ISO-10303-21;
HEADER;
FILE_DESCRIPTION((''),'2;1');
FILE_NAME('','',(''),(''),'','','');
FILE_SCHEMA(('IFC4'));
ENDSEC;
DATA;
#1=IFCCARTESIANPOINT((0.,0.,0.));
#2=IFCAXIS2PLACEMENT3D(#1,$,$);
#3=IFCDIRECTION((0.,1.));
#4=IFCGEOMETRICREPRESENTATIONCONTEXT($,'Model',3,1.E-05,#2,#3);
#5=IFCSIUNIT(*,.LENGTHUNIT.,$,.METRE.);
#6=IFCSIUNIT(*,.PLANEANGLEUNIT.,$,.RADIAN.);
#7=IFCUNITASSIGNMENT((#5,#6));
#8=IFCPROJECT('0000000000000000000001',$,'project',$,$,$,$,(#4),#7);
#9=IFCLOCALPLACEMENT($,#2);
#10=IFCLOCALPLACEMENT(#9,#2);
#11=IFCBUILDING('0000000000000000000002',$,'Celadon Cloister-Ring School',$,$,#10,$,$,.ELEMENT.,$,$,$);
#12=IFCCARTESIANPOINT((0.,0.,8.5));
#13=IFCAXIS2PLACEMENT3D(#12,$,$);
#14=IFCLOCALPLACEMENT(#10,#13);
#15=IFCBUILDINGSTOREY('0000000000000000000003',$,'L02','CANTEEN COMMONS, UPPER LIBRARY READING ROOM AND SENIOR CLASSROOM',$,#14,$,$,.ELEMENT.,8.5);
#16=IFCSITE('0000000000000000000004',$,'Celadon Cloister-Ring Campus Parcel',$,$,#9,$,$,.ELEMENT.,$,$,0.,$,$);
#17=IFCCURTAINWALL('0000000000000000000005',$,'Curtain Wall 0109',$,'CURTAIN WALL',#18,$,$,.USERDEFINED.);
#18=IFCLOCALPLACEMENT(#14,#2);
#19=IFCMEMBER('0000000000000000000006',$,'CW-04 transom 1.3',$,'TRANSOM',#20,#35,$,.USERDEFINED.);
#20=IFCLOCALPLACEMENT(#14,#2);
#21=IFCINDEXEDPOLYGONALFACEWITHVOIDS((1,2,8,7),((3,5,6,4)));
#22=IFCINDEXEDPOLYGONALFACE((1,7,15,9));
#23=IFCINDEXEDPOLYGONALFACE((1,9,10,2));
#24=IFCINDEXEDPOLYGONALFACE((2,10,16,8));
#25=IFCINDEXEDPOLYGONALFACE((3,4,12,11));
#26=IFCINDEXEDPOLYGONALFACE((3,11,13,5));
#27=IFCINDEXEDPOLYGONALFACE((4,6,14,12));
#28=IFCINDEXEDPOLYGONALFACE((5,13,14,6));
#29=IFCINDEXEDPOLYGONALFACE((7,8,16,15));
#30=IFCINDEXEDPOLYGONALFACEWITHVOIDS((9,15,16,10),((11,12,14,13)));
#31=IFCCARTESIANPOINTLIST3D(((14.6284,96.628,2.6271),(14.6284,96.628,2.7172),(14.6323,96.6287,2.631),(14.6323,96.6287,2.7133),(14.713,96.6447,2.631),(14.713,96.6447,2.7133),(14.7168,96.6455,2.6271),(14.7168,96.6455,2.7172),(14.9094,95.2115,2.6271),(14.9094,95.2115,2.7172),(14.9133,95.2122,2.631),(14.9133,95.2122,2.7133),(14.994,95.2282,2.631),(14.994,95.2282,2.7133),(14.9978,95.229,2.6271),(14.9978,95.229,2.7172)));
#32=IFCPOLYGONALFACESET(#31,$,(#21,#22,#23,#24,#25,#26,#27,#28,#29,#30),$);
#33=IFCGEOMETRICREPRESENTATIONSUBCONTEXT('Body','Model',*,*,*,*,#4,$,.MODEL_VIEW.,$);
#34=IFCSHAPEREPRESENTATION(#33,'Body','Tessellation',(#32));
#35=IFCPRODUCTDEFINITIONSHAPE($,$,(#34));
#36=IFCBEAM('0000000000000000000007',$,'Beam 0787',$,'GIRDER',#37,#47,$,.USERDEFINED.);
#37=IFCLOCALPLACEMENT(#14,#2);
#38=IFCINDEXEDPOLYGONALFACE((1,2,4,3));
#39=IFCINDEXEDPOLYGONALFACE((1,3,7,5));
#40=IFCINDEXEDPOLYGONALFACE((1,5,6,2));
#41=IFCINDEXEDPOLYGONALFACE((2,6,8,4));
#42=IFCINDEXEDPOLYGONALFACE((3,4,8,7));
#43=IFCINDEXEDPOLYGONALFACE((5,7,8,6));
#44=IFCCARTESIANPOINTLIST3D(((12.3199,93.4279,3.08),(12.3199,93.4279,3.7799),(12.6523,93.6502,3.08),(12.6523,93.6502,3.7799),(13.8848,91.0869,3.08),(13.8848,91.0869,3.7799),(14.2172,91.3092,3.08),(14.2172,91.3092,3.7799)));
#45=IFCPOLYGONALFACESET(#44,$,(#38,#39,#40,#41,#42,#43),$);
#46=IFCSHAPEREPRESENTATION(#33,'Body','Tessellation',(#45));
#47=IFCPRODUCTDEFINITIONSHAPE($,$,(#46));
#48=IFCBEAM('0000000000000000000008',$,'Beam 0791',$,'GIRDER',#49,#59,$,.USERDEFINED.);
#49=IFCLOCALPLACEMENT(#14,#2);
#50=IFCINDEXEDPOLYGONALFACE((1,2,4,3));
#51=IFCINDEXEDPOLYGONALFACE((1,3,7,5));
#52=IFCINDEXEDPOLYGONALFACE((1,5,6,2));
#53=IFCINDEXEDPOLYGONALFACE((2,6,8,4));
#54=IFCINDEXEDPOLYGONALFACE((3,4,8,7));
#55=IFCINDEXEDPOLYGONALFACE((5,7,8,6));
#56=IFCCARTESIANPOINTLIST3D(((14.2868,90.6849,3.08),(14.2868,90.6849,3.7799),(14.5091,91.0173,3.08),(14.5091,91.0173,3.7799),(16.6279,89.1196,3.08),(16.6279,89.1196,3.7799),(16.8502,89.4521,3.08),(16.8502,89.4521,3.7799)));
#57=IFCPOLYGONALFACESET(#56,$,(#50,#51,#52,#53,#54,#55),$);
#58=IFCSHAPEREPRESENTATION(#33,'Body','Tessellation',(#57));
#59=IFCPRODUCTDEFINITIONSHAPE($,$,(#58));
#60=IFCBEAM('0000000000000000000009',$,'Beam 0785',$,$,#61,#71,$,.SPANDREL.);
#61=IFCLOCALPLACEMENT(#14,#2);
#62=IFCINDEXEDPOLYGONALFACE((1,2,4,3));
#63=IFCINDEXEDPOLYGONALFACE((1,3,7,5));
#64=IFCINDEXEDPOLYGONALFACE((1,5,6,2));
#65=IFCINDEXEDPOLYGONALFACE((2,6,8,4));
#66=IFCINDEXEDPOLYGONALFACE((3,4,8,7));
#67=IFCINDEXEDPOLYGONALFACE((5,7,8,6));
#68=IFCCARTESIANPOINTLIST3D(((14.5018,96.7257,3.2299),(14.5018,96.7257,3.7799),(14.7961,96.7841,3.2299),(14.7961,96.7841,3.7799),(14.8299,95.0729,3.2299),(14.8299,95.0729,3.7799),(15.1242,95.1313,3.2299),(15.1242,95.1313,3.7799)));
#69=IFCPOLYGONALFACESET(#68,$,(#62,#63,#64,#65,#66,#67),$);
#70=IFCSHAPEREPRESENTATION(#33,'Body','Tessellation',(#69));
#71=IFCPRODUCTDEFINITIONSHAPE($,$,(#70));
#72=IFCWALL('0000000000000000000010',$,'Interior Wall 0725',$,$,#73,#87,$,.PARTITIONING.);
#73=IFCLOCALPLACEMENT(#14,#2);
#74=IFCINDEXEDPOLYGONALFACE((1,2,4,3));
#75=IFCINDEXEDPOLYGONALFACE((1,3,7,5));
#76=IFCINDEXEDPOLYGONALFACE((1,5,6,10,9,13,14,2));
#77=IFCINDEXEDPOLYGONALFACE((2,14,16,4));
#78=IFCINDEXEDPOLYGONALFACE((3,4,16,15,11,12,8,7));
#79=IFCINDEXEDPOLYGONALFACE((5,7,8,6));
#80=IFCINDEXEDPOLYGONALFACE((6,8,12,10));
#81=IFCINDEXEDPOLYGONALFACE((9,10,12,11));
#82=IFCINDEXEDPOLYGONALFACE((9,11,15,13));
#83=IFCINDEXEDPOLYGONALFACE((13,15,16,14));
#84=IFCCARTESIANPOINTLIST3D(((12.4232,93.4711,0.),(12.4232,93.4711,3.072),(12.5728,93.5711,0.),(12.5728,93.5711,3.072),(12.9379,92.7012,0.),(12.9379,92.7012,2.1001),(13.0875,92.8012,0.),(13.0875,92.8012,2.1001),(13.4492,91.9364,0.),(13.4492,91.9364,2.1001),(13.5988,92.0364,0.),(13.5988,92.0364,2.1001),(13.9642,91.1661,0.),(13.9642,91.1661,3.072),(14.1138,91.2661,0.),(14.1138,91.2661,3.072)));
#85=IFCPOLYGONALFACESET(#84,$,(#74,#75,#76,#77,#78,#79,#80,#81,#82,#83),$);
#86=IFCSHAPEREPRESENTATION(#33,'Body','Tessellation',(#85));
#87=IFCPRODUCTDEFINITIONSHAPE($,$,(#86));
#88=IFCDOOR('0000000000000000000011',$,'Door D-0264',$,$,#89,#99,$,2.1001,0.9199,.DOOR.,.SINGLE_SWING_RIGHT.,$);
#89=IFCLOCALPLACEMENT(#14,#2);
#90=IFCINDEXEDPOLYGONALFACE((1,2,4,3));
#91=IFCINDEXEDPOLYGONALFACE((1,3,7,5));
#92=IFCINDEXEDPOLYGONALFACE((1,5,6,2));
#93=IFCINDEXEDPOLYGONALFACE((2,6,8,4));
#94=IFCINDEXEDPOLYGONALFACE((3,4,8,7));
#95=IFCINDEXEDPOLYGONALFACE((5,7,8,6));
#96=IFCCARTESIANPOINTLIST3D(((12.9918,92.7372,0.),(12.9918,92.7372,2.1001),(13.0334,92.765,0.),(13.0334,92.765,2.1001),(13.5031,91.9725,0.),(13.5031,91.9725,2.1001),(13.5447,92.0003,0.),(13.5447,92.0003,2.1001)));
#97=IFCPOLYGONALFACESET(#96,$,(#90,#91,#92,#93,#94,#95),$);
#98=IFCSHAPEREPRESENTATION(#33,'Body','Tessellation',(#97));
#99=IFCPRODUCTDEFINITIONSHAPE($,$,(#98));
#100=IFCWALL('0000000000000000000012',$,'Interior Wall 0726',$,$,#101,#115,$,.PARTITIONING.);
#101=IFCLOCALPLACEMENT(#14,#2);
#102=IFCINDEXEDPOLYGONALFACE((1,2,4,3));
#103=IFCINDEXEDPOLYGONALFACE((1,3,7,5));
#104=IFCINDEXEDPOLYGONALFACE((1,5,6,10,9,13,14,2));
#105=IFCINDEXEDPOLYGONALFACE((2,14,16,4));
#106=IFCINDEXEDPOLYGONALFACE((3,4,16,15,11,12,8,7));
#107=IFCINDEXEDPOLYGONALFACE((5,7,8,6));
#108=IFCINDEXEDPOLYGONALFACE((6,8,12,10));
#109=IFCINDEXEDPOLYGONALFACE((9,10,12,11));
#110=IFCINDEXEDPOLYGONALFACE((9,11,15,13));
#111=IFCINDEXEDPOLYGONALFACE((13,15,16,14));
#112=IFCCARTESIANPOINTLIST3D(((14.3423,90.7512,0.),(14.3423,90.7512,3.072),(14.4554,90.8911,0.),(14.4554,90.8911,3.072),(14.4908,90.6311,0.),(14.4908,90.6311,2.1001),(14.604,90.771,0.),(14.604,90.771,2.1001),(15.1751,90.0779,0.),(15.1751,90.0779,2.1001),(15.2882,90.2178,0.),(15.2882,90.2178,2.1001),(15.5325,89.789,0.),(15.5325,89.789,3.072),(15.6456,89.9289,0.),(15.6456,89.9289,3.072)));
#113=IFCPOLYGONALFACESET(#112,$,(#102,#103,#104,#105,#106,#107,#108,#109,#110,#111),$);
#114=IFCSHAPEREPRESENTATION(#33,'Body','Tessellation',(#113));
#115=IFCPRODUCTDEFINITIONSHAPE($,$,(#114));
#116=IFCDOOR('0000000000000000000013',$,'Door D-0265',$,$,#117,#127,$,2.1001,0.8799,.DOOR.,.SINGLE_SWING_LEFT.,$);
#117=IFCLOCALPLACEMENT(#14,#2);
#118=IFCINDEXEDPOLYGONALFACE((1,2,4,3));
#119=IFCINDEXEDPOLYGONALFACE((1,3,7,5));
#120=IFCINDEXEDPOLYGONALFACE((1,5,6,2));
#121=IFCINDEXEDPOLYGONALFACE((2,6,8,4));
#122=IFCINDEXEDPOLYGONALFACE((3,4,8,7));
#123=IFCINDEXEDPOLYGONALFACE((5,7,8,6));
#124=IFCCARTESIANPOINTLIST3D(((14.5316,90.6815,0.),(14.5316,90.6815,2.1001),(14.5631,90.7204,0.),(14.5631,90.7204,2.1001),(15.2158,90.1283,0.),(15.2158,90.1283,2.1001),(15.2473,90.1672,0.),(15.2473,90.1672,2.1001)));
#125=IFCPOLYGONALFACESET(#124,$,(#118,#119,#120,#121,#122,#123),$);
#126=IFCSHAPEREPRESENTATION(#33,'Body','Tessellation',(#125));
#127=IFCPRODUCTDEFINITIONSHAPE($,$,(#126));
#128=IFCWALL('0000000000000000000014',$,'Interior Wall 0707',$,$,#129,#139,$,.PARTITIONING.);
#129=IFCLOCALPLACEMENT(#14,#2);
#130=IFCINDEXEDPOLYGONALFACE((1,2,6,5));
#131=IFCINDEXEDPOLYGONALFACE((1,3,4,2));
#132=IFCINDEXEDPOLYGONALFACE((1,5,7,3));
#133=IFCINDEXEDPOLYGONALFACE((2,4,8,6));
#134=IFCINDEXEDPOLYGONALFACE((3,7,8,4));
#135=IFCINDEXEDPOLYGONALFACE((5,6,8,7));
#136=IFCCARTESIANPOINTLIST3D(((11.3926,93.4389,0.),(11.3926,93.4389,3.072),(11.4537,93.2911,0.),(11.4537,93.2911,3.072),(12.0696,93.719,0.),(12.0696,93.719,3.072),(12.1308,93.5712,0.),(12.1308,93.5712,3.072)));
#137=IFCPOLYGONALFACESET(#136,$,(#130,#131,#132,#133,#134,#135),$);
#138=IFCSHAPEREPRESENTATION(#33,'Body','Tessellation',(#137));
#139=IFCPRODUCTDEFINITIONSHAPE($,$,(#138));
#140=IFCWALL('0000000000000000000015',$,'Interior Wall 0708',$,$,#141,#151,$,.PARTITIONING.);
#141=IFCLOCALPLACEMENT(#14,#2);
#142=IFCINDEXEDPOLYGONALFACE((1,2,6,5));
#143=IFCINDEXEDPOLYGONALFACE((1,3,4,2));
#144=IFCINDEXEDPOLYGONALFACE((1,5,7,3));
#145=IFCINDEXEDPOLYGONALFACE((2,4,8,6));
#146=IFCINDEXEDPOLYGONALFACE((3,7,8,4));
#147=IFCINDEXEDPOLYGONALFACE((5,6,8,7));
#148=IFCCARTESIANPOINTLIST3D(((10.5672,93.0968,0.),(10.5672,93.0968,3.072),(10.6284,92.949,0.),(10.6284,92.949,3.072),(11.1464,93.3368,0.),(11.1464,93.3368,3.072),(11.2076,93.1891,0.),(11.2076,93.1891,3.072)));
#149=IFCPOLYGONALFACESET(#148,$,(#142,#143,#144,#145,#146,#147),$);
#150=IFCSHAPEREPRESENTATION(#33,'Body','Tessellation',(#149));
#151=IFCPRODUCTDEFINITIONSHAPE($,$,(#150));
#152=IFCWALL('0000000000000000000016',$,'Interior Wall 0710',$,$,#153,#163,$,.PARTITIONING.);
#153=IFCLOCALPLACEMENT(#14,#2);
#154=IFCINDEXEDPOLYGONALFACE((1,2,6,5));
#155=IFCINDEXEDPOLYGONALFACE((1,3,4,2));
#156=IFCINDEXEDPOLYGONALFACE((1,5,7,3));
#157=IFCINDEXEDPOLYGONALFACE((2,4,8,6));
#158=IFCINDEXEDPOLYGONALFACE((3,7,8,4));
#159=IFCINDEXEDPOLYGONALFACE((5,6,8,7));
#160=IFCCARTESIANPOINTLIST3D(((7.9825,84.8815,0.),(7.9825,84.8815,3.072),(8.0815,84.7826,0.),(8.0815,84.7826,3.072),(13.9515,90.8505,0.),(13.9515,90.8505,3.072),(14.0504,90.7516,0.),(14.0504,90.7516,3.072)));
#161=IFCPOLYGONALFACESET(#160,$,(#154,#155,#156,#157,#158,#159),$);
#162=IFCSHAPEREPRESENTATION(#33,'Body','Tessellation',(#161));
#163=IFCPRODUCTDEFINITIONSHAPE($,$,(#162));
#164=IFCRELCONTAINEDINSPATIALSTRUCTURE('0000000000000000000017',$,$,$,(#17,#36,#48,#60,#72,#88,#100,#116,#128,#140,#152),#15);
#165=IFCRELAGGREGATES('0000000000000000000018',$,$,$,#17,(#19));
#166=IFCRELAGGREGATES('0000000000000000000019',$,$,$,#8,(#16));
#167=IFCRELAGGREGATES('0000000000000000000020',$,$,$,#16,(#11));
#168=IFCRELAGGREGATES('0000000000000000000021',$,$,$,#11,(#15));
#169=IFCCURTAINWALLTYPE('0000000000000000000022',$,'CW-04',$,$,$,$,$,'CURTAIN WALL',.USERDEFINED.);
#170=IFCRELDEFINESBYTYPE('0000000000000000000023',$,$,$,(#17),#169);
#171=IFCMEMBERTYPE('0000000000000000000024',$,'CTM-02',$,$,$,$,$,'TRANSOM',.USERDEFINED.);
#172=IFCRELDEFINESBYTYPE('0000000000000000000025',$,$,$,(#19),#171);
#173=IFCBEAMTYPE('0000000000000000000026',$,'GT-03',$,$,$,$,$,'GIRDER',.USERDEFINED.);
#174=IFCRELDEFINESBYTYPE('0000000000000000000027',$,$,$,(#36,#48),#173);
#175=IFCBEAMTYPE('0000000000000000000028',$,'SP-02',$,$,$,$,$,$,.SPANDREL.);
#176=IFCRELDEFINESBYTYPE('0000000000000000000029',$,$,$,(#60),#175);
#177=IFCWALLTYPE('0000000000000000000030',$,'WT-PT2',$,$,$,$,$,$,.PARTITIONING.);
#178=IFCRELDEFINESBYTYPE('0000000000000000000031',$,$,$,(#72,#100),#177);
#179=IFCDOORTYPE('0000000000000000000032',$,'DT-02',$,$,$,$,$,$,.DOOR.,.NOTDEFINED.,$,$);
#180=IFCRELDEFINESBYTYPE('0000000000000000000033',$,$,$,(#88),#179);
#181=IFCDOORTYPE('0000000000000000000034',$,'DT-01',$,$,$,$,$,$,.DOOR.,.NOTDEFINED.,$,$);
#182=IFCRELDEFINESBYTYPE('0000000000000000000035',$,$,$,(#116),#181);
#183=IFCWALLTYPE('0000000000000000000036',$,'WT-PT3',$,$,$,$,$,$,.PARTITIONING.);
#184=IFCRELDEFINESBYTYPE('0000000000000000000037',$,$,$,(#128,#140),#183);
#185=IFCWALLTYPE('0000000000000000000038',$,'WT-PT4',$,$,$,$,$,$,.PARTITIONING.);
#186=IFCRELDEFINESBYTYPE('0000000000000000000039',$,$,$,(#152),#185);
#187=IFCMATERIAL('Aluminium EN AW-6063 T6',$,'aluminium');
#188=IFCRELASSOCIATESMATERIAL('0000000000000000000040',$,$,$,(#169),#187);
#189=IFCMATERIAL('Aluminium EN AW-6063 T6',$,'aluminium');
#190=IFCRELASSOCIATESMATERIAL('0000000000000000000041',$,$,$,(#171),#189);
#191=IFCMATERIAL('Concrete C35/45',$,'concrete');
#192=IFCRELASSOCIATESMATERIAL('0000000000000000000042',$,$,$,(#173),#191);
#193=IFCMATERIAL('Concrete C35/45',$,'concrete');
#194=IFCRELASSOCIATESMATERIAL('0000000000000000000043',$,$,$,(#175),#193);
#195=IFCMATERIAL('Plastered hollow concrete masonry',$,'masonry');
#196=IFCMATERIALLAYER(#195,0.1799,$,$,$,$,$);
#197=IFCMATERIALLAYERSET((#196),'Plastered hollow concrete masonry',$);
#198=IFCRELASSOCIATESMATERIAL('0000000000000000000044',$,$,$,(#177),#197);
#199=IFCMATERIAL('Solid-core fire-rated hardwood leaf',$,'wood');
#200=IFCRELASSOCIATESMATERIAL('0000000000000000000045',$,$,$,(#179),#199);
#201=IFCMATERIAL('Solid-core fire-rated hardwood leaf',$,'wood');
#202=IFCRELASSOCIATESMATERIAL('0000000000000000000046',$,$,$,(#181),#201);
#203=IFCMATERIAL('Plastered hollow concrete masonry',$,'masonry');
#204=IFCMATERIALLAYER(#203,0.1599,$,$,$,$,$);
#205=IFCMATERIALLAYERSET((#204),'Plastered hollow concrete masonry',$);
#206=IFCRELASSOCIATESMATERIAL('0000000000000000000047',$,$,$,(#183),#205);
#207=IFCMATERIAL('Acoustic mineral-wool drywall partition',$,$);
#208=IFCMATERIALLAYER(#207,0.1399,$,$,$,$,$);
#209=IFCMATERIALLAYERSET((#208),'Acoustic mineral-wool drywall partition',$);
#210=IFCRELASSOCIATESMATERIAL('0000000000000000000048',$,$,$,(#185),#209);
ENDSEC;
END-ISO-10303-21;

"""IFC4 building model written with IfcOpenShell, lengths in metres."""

from ifc_helpers import new_model, si_unit, direction, frame, frame_2d, origin, origin_2d, place, context, subcontext, project, spatial, rectangle, hollow_rectangle, extrude, material, layer, layer_set, material_profile, profile_set, type_object, element, fill, aggregate, save


model = new_model("IFC4")

# Units and contexts
model_context = context("Model", 3, precision=1e-05, world=origin(), true_north=direction((0.0, 1.0)))
body_context = subcontext(model_context, "Body", "Model", "MODEL_VIEW")
ifc_project = project(units=[si_unit("LENGTHUNIT", "METRE"), si_unit("PLANEANGLEUNIT", "RADIAN")], contexts=[model_context])

# Site, building, storey
site_placement = place(None, origin())
site = spatial("IfcSite", under=ifc_project, at=site_placement, Name="Celadon Cloister-Ring Campus Parcel", CompositionType="ELEMENT", RefElevation=0.0)
building_placement = place(site_placement, origin())
building = spatial("IfcBuilding", under=site, at=building_placement, Name="Celadon Cloister-Ring School", CompositionType="ELEMENT")
storey_placement = place(building_placement, frame((0.0, 0.0, 8.5)))
storey = spatial("IfcBuildingStorey", under=building, at=storey_placement, Name="L02", Description="CANTEEN COMMONS, UPPER LIBRARY READING ROOM AND SENIOR CLASSROOM", CompositionType="ELEMENT", Elevation=8.5)

# Shared definitions
ifc_material_1 = material(Name="Aluminium EN AW-6063 T6", Category="aluminium")
curtain_wall_type = type_object("IfcCurtainWallType", Name="CW-04", ElementType="CURTAIN WALL", PredefinedType="USERDEFINED", material=ifc_material_1)

# Curtain wall, member
curtain_wall_1_placement = place(storey_placement, origin())
curtain_wall_1 = element("IfcCurtainWall", 1, at=curtain_wall_1_placement, inside=storey, type_object=curtain_wall_type, Name="Curtain Wall 0109", ObjectType="CURTAIN WALL", PredefinedType="USERDEFINED")
ifc_material_2 = material(Name="Aluminium EN AW-6063 T6", Category="aluminium")
ifc_material_profile_1 = material_profile(ifc_material_2, hollow_rectangle(XDim=0.0901, YDim=0.0901, WallThickness=0.0039, at=origin_2d()), Name="RHS90X90X4")
ifc_profile_set_1 = profile_set([ifc_material_profile_1], Name="Aluminium EN AW-6063 T6")
member_type_1 = type_object("IfcMemberType", Name="CTM-02", ElementType="TRANSOM", PredefinedType="USERDEFINED", material=ifc_profile_set_1)
member_1_placement = place(storey_placement, frame((14.6726, 96.6367, 2.6721), z_axis=(0.194588, -0.980885, 0.0), x_axis=(0.980885, 0.194588, 0.0)))
member_1 = element("IfcMember", 2, at=member_1_placement, type_object=member_type_1, Name="CW-04 transom 1.3", ObjectType="TRANSOM", PredefinedType="USERDEFINED", context=body_context, shape_type="SweptSolid", body=[
    extrude(hollow_rectangle(XDim=0.0901, YDim=0.0901, WallThickness=0.0039, at=origin_2d()), origin(), (0.0, 0.0, 1.0), 1.4441),
])
aggregate(curtain_wall_1, [member_1])

# Beams
ifc_material_3 = material(Name="Concrete C35/45", Category="concrete")
ifc_material_profile_2 = material_profile(ifc_material_3, rectangle(XDim=0.3999, YDim=0.7, at=origin_2d()), Name="RC400X700")
ifc_profile_set_2 = profile_set([ifc_material_profile_2], Name="Concrete C35/45")
beam_type_1 = type_object("IfcBeamType", Name="GT-03", ElementType="GIRDER", PredefinedType="USERDEFINED", material=ifc_profile_set_2)
beam_1_placement = place(storey_placement, frame((12.4861, 93.5391, 3.4299), z_axis=(0.55574, -0.831356, 0.0), x_axis=(0.831356, 0.55574, 0.0)))
element("IfcBeam", 3, at=beam_1_placement, inside=storey, type_object=beam_type_1, Name="Beam 0787", ObjectType="GIRDER", PredefinedType="USERDEFINED", context=body_context, shape_type="SweptSolid", body=[
    extrude(rectangle(XDim=0.3999, YDim=0.7, at=origin_2d()), origin(), (0.0, 0.0, 1.0), 2.8159),
])
beam_2_placement = place(storey_placement, frame((14.3979, 90.8511, 3.4299), z_axis=(0.831316, -0.5558, 0.0), x_axis=(0.5558, 0.831316, 0.0)))
element("IfcBeam", 4, at=beam_2_placement, inside=storey, type_object=beam_type_1, Name="Beam 0791", ObjectType="GIRDER", PredefinedType="USERDEFINED", context=body_context, shape_type="SweptSolid", body=[
    extrude(rectangle(XDim=0.3999, YDim=0.7, at=origin_2d()), origin(), (0.0, 0.0, 1.0), 2.8162),
])
ifc_material_4 = material(Name="Concrete C35/45", Category="concrete")
ifc_material_profile_3 = material_profile(ifc_material_4, rectangle(XDim=0.3, YDim=0.55, at=origin_2d()), Name="RC300X550")
ifc_profile_set_3 = profile_set([ifc_material_profile_3], Name="Concrete C35/45")
beam_type_2 = type_object("IfcBeamType", Name="SP-02", PredefinedType="SPANDREL", material=ifc_profile_set_3)
beam_3_placement = place(storey_placement, frame((14.6489, 96.7549, 3.5049), z_axis=(0.194723, -0.980858, 0.0), x_axis=(0.980858, 0.194723, 0.0)))
element("IfcBeam", 5, at=beam_3_placement, inside=storey, type_object=beam_type_2, Name="Beam 0785", PredefinedType="SPANDREL", context=body_context, shape_type="SweptSolid", body=[
    extrude(rectangle(XDim=0.3, YDim=0.55, at=origin_2d()), origin(), (0.0, 0.0, 1.0), 1.6851),
])

# Walls, openings, doors
ifc_material_5 = material(Name="Plastered hollow concrete masonry", Category="masonry")
ifc_layer_1 = layer(ifc_material_5, 0.1799)
ifc_layer_set_1 = layer_set([ifc_layer_1], Name="Plastered hollow concrete masonry")
wall_type_1 = type_object("IfcWallType", Name="WT-PT2", PredefinedType="PARTITIONING", material=ifc_layer_set_1)
wall_1_placement = place(storey_placement, frame((12.498, 93.521, 0.0), z_axis=(0.0, 0.0, 1.0), x_axis=(0.555797, -0.831318, 0.0)))
wall_1 = element("IfcWall", 6, at=wall_1_placement, inside=storey, type_object=wall_type_1, Name="Interior Wall 0725", PredefinedType="PARTITIONING", context=body_context, shape_type="SweptSolid", body=[
    extrude(rectangle(XDim=2.7727, YDim=0.1799, at=frame_2d((1.3862, 0.0))), origin(), (0.0, 0.0, 1.0), 3.072),
])
opening_1_placement = place(wall_1_placement, frame((0.926, 0.0, 0.0)))
opening_1 = element("IfcOpeningElement", 7, at=opening_1_placement, cuts=wall_1, PredefinedType="OPENING", context=body_context, shape_type="SweptSolid", body=[
    extrude(rectangle(XDim=0.9199, YDim=2.1001, at=frame_2d((0.46, 1.05))), frame((0.0, 0.1001, 0.0), z_axis=(0.0, -1.0, 0.0), x_axis=(1.0, 0.0, 0.0)), (0.0, 0.0, 1.0), 0.2),
])
ifc_material_6 = material(Name="Solid-core fire-rated hardwood leaf", Category="wood")
door_type_1 = type_object("IfcDoorType", Name="DT-02", OperationType="NOTDEFINED", PredefinedType="DOOR", material=ifc_material_6)
door_1_placement = place(opening_1_placement, origin())
door_1 = element("IfcDoor", 8, at=door_1_placement, inside=storey, type_object=door_type_1, Name="Door D-0264", OperationType="SINGLE_SWING_RIGHT", OverallHeight=2.1001, OverallWidth=0.9199, PredefinedType="DOOR", context=body_context, shape_type="SweptSolid", body=[
    extrude(rectangle(XDim=0.9199, YDim=2.1001, at=frame_2d((0.46, 1.05))), frame((0.0, 0.0249, 0.0), z_axis=(0.0, -1.0, 0.0), x_axis=(1.0, 0.0, 0.0)), (0.0, 0.0, 1.0), 0.05),
])
fill(opening_1, door_1)
wall_2_placement = place(storey_placement, frame((14.3989, 90.821, 0.0), z_axis=(0.0, 0.0, 1.0), x_axis=(0.777668, -0.628675, 0.0)))
wall_2 = element("IfcWall", 9, at=wall_2_placement, inside=storey, type_object=wall_type_1, Name="Interior Wall 0726", PredefinedType="PARTITIONING", context=body_context, shape_type="SweptSolid", body=[
    extrude(rectangle(XDim=1.5305, YDim=0.1799, at=frame_2d((0.7651, 0.0))), origin(), (0.0, 0.0, 1.0), 3.072),
])
opening_2_placement = place(wall_2_placement, frame((0.1909, 0.0, 0.0)))
opening_2 = element("IfcOpeningElement", 10, at=opening_2_placement, cuts=wall_2, PredefinedType="OPENING", context=body_context, shape_type="SweptSolid", body=[
    extrude(rectangle(XDim=0.8799, YDim=2.1001, at=frame_2d((0.4399, 1.05))), frame((0.0, 0.1001, 0.0), z_axis=(0.0, -1.0, 0.0), x_axis=(1.0, 0.0, 0.0)), (0.0, 0.0, 1.0), 0.2),
])
ifc_material_7 = material(Name="Solid-core fire-rated hardwood leaf", Category="wood")
door_type_2 = type_object("IfcDoorType", Name="DT-01", OperationType="NOTDEFINED", PredefinedType="DOOR", material=ifc_material_7)
door_2_placement = place(opening_2_placement, origin())
door_2 = element("IfcDoor", 11, at=door_2_placement, inside=storey, type_object=door_type_2, Name="Door D-0265", OperationType="SINGLE_SWING_LEFT", OverallHeight=2.1001, OverallWidth=0.8799, PredefinedType="DOOR", context=body_context, shape_type="SweptSolid", body=[
    extrude(rectangle(XDim=0.8799, YDim=2.1001, at=frame_2d((0.4399, 1.05))), frame((0.0, 0.0249, 0.0), z_axis=(0.0, -1.0, 0.0), x_axis=(1.0, 0.0, 0.0)), (0.0, 0.0, 1.0), 0.05),
])
fill(opening_2, door_2)

# Walls
ifc_material_8 = material(Name="Plastered hollow concrete masonry", Category="masonry")
ifc_layer_2 = layer(ifc_material_8, 0.1599)
ifc_layer_set_2 = layer_set([ifc_layer_2], Name="Plastered hollow concrete masonry")
wall_type_2 = type_object("IfcWallType", Name="WT-PT3", PredefinedType="PARTITIONING", material=ifc_layer_set_2)
wall_3_placement = place(storey_placement, frame((12.1001, 93.645, 0.0), z_axis=(0.0, 0.0, 1.0), x_axis=(-0.92407, -0.382224, 0.0)))
element("IfcWall", 12, at=wall_3_placement, inside=storey, type_object=wall_type_2, Name="Interior Wall 0707", PredefinedType="PARTITIONING", context=body_context, shape_type="SweptSolid", body=[
    extrude(rectangle(XDim=0.7327, YDim=0.1599, at=frame_2d((0.3662, 0.0))), origin(), (0.0, 0.0, 1.0), 3.072),
])
wall_4_placement = place(storey_placement, frame((11.177, 93.2629, 0.0), z_axis=(0.0, 0.0, 1.0), x_axis=(-0.923813, -0.382845, 0.0)))
element("IfcWall", 13, at=wall_4_placement, inside=storey, type_object=wall_type_2, Name="Interior Wall 0708", PredefinedType="PARTITIONING", context=body_context, shape_type="SweptSolid", body=[
    extrude(rectangle(XDim=0.627, YDim=0.1599, at=frame_2d((0.3135, 0.0))), origin(), (0.0, 0.0, 1.0), 3.072),
])
ifc_material_9 = material(Name="Acoustic mineral-wool drywall partition")
ifc_layer_3 = layer(ifc_material_9, 0.1399)
ifc_layer_set_3 = layer_set([ifc_layer_3], Name="Acoustic mineral-wool drywall partition")
wall_type_3 = type_object("IfcWallType", Name="WT-PT4", PredefinedType="PARTITIONING", material=ifc_layer_set_3)
wall_5_placement = place(storey_placement, frame((14.001, 90.801, 0.0), z_axis=(0.0, 0.0, 1.0), x_axis=(-0.707107, -0.707107, 0.0)))
element("IfcWall", 14, at=wall_5_placement, inside=storey, type_object=wall_type_3, Name="Interior Wall 0710", PredefinedType="PARTITIONING", context=body_context, shape_type="SweptSolid", body=[
    extrude(rectangle(XDim=8.4414, YDim=0.1399, at=frame_2d((4.2207, 0.0))), origin(), (0.0, 0.0, 1.0), 3.072),
])

save(model, "model.ifc")
